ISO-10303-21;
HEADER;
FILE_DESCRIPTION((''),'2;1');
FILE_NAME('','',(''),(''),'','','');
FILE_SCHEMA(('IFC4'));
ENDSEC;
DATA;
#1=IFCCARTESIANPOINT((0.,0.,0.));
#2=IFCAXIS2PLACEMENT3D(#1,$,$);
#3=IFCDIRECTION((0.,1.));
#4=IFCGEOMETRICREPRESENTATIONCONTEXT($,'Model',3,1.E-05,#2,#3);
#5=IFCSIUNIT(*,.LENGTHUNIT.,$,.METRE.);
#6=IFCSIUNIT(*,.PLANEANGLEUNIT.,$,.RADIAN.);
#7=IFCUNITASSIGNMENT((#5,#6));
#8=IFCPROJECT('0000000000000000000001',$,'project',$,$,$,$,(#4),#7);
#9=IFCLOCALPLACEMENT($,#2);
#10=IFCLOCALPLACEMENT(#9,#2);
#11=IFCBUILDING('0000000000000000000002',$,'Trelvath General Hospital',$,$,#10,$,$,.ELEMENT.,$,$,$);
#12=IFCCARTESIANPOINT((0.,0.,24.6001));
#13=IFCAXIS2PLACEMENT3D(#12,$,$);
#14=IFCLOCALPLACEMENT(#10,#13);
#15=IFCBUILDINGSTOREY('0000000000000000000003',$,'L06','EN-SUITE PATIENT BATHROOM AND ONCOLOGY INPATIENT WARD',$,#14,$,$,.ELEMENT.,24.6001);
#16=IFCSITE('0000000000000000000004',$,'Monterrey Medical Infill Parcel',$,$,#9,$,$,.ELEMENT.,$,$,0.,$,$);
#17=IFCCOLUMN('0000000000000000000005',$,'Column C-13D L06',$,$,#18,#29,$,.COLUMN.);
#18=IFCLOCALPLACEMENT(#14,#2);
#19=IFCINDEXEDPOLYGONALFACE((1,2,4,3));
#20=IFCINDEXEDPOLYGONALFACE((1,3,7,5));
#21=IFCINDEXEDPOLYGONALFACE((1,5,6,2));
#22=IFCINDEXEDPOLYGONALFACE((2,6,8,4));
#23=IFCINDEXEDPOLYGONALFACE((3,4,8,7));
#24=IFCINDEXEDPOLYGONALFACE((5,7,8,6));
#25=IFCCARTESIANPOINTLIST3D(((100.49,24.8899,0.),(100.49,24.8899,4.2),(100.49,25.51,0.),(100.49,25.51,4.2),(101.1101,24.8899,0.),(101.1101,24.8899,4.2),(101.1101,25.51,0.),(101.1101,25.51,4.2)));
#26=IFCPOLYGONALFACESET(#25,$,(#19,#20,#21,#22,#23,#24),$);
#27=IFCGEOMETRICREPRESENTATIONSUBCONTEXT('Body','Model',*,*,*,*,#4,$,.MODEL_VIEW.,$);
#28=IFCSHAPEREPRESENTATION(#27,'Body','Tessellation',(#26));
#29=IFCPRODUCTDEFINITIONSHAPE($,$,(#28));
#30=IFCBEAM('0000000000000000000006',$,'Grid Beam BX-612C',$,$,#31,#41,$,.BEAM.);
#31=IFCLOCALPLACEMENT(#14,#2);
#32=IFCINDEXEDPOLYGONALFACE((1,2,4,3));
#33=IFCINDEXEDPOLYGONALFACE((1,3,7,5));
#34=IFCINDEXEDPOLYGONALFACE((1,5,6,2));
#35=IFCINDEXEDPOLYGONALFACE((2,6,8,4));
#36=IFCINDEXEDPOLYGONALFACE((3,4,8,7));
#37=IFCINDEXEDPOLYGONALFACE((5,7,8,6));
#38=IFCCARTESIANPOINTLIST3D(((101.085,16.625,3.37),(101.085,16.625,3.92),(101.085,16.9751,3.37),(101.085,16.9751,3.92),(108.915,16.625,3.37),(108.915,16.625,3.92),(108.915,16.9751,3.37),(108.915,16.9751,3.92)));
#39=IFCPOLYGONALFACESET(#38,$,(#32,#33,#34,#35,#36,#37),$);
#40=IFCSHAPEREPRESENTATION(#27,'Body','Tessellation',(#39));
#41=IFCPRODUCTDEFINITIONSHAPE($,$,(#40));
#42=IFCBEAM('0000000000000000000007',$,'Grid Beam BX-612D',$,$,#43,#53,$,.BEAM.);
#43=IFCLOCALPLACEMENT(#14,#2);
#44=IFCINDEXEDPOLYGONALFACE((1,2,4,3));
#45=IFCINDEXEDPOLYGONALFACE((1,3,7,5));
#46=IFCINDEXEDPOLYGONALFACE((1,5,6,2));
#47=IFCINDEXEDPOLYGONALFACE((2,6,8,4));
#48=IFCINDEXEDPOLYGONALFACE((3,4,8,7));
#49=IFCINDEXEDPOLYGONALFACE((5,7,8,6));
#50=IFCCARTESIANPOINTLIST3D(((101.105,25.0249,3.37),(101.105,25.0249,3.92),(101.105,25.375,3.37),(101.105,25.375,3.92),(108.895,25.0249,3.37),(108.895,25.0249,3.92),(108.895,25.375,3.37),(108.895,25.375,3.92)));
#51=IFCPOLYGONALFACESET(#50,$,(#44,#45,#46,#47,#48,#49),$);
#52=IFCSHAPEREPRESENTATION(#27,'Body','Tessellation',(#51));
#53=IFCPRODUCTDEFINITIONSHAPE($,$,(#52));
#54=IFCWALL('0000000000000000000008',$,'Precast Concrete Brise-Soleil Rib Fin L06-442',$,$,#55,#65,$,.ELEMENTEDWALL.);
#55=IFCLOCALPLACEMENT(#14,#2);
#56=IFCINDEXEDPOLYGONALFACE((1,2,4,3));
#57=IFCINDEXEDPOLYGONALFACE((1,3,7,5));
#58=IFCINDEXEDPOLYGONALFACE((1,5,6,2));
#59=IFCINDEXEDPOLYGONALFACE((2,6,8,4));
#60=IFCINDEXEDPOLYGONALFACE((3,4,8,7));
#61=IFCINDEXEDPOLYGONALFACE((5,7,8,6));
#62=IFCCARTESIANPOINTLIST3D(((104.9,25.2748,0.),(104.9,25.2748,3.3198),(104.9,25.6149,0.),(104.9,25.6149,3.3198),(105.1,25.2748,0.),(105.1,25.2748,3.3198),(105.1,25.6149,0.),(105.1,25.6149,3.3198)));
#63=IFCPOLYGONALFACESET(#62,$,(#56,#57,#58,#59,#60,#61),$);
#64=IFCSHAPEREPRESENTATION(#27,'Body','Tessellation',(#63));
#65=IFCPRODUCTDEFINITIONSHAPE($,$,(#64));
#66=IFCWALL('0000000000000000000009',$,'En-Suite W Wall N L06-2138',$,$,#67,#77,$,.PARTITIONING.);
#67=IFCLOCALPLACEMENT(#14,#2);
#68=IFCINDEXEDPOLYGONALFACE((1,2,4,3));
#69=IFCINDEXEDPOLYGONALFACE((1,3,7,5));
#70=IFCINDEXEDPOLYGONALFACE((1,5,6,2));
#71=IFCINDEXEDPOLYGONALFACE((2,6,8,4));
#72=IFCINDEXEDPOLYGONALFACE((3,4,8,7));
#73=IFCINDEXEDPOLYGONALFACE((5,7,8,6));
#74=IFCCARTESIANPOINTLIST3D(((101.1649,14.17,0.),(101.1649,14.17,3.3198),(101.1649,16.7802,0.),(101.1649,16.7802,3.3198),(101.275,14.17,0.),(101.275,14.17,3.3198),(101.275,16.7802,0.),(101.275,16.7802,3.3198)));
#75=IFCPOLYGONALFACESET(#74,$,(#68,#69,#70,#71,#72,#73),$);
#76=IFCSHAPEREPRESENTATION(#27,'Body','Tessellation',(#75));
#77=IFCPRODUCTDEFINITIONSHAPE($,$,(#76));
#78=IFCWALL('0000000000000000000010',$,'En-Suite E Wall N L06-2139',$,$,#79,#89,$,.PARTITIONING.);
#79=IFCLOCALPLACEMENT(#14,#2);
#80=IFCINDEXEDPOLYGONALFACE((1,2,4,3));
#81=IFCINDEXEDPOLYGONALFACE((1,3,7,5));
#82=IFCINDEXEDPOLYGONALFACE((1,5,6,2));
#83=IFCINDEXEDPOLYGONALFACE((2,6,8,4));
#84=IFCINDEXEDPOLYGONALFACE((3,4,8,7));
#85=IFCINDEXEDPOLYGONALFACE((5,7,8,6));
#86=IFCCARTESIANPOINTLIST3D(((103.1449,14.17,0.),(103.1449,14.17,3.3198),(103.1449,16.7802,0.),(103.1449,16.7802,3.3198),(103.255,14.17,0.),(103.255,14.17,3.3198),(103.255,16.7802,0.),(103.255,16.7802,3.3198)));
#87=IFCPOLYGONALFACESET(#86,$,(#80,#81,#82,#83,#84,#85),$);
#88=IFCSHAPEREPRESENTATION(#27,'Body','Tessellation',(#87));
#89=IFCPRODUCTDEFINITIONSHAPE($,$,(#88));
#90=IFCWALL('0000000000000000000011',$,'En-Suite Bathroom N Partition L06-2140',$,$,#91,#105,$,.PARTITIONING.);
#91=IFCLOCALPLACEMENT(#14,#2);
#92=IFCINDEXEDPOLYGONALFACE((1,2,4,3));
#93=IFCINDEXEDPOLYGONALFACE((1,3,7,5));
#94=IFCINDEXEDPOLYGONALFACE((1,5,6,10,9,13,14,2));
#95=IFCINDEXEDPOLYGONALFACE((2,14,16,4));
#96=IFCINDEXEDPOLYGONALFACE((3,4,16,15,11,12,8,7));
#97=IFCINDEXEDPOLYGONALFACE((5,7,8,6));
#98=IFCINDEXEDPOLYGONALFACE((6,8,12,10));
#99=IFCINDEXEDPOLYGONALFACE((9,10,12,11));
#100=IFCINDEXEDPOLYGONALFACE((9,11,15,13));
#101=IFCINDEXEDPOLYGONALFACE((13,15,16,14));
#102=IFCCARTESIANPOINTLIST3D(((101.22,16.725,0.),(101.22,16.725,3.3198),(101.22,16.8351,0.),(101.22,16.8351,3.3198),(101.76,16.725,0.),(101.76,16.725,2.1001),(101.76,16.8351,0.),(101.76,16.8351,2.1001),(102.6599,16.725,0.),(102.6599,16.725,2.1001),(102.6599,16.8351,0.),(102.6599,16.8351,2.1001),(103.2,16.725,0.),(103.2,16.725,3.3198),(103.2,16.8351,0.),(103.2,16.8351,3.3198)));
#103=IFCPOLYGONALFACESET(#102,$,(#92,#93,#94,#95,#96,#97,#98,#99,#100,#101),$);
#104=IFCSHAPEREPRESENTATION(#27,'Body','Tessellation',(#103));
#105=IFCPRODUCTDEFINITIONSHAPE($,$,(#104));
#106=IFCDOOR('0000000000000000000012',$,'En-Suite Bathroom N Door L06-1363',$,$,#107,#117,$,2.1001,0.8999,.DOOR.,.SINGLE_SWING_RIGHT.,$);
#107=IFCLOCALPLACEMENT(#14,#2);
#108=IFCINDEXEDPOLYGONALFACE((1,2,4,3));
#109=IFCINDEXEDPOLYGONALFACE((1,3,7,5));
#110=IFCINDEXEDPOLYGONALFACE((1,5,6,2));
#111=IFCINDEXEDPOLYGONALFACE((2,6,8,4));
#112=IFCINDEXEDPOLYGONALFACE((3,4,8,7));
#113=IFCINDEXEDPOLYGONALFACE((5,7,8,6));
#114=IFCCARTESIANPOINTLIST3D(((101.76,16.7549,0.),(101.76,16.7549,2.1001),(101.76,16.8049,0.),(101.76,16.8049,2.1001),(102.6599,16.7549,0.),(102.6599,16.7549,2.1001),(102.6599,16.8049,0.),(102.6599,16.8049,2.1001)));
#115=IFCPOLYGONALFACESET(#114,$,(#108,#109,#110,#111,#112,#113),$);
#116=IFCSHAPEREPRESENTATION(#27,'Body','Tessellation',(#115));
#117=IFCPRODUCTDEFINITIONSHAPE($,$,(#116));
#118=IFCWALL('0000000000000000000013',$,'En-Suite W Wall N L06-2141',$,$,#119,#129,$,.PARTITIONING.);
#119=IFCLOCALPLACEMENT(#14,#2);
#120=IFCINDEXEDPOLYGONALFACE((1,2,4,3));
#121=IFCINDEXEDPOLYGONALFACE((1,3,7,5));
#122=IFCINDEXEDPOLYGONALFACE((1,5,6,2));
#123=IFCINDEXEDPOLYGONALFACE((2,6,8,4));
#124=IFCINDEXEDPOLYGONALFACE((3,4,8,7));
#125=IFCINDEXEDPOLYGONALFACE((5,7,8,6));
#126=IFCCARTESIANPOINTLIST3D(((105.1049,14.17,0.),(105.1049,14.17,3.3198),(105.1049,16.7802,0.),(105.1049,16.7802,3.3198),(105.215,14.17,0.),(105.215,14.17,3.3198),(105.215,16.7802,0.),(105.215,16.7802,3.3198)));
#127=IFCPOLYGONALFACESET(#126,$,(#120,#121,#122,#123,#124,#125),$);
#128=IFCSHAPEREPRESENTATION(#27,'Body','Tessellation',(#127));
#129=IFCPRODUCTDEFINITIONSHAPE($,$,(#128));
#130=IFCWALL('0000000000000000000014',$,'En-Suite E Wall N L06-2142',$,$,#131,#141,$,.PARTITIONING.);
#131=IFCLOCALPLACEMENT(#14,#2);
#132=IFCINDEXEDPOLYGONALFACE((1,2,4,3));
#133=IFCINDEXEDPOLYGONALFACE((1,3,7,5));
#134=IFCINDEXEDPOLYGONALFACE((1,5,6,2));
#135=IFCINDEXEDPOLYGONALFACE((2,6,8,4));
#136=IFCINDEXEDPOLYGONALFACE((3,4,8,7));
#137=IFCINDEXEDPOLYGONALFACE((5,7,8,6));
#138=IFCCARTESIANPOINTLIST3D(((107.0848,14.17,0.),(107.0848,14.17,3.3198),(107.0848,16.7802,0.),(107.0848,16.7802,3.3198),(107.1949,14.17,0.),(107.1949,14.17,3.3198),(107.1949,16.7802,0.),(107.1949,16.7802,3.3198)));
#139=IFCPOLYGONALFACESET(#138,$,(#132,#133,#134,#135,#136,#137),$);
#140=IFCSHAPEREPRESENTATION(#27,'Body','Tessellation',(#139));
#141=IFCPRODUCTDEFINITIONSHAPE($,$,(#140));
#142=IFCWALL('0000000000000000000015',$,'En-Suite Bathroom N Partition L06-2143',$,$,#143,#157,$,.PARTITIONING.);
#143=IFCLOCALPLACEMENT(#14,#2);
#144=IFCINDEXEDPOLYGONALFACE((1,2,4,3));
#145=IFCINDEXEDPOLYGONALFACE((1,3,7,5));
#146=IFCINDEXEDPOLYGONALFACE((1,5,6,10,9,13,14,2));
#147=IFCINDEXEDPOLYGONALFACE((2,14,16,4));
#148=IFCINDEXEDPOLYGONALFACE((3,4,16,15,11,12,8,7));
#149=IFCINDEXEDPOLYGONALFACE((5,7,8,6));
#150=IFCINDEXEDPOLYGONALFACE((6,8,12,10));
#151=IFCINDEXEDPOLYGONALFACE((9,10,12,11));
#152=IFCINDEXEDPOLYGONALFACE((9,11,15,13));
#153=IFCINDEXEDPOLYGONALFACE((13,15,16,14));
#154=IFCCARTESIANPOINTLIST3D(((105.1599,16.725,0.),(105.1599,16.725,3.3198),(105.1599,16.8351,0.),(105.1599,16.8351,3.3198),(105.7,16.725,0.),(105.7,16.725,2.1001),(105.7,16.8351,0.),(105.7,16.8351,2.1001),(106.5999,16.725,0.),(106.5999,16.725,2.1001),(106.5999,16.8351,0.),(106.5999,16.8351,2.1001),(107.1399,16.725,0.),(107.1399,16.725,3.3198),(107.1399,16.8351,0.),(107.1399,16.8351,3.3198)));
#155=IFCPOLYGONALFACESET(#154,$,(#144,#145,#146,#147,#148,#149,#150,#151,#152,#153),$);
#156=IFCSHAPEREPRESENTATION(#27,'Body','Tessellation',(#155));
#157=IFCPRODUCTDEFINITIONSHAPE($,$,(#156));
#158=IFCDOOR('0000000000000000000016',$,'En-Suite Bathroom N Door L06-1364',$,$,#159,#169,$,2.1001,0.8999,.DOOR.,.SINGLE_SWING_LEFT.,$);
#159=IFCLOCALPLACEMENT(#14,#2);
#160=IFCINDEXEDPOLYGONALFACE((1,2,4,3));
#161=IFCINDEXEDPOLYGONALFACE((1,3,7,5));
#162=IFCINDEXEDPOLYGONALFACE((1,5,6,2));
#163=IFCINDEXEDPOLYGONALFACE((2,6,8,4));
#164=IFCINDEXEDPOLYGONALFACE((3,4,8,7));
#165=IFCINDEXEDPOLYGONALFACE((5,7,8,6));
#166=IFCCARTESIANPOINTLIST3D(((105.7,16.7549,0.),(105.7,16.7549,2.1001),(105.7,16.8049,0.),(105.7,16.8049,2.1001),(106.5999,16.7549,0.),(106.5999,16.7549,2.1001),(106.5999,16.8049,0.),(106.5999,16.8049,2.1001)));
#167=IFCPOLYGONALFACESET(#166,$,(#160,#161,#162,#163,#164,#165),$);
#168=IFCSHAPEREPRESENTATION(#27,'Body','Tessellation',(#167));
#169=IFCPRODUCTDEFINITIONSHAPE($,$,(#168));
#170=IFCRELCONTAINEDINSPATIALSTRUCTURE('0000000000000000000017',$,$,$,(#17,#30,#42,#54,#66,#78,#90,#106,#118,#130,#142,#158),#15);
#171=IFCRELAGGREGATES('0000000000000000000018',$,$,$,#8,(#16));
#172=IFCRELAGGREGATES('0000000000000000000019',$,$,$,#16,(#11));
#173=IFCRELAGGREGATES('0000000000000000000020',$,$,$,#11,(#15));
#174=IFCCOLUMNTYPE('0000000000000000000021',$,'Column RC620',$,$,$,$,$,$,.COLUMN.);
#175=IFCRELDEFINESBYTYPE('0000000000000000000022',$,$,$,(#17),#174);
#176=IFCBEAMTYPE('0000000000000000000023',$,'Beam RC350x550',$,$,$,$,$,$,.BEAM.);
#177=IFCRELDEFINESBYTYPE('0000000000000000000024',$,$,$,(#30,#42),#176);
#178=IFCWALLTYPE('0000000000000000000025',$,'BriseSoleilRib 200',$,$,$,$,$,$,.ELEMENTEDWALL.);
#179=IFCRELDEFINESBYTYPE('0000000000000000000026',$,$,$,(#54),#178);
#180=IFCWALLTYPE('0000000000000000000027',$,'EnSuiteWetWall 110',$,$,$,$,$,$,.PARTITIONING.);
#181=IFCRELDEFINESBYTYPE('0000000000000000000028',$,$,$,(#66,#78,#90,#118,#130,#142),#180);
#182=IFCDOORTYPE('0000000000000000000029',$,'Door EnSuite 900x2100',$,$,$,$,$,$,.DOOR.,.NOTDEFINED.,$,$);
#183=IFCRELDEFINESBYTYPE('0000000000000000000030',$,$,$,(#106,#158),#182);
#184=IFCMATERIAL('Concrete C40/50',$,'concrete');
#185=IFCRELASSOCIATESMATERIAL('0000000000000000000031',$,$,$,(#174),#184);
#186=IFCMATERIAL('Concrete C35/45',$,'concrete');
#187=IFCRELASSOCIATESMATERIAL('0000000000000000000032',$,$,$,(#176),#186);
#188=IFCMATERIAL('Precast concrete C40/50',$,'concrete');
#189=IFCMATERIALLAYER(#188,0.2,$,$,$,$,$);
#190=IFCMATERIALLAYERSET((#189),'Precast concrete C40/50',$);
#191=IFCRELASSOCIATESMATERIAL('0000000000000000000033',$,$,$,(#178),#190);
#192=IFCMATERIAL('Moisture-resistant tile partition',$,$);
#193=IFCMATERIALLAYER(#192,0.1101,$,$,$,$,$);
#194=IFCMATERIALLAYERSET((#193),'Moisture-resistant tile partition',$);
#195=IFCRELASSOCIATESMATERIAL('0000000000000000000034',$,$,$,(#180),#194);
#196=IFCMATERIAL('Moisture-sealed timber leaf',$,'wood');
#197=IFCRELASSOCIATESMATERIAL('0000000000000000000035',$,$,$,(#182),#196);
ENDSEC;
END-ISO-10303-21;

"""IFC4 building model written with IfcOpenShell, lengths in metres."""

from ifc_helpers import new_model, si_unit, direction, frame, frame_2d, origin, origin_2d, place, context, subcontext, project, spatial, rectangle, extrude, material, layer, layer_set, material_profile, profile_set, type_object, element, fill, save


model = new_model("IFC4")

# Units and contexts
model_context = context("Model", 3, precision=1e-05, world=origin(), true_north=direction((0.0, 1.0)))
body_context = subcontext(model_context, "Body", "Model", "MODEL_VIEW")
ifc_project = project(units=[si_unit("LENGTHUNIT", "METRE"), si_unit("PLANEANGLEUNIT", "RADIAN")], contexts=[model_context])

# Site, building, storey
site_placement = place(None, origin())
site = spatial("IfcSite", under=ifc_project, at=site_placement, Name="Monterrey Medical Infill Parcel", CompositionType="ELEMENT", RefElevation=0.0)
building_placement = place(site_placement, origin())
building = spatial("IfcBuilding", under=site, at=building_placement, Name="Trelvath General Hospital", CompositionType="ELEMENT")
storey_placement = place(building_placement, frame((0.0, 0.0, 24.6001)))
storey = spatial("IfcBuildingStorey", under=building, at=storey_placement, Name="L06", Description="EN-SUITE PATIENT BATHROOM AND ONCOLOGY INPATIENT WARD", CompositionType="ELEMENT", Elevation=24.6001)

# Column
ifc_material_1 = material(Name="Concrete C40/50", Category="concrete")
ifc_material_profile_1 = material_profile(ifc_material_1, rectangle(XDim=0.6201, YDim=0.6201, at=origin_2d()), Name="RC620x620")
ifc_profile_set_1 = profile_set([ifc_material_profile_1], Name="Concrete C40/50")
column_type = type_object("IfcColumnType", Name="Column RC620", PredefinedType="COLUMN", material=ifc_profile_set_1)
column_placement = place(storey_placement, frame((100.8, 25.2, 0.0), z_axis=(0.0, 0.0, 1.0), x_axis=(1.0, 0.0, 0.0)))
element("IfcColumn", 1, at=column_placement, inside=storey, type_object=column_type, Name="Column C-13D L06", PredefinedType="COLUMN", context=body_context, shape_type="SweptSolid", body=[
    extrude(rectangle(XDim=0.6201, YDim=0.6201, at=origin_2d()), origin(), (0.0, 0.0, 1.0), 4.2),
])

# Beams
ifc_material_2 = material(Name="Concrete C35/45", Category="concrete")
ifc_material_profile_2 = material_profile(ifc_material_2, rectangle(XDim=0.3501, YDim=0.55, at=origin_2d()), Name="RCB350x550")
ifc_profile_set_2 = profile_set([ifc_material_profile_2], Name="Concrete C35/45")
beam_type = type_object("IfcBeamType", Name="Beam RC350x550", PredefinedType="BEAM", material=ifc_profile_set_2)
beam_1_placement = place(storey_placement, frame((101.085, 16.8, 3.645), z_axis=(1.0, 0.0, 0.0), x_axis=(0.0, 1.0, 0.0)))
element("IfcBeam", 2, at=beam_1_placement, inside=storey, type_object=beam_type, Name="Grid Beam BX-612C", PredefinedType="BEAM", context=body_context, shape_type="SweptSolid", body=[
    extrude(rectangle(XDim=0.3501, YDim=0.55, at=origin_2d()), origin(), (0.0, 0.0, 1.0), 7.8301),
])
beam_2_placement = place(storey_placement, frame((101.105, 25.2, 3.645), z_axis=(1.0, 0.0, 0.0), x_axis=(0.0, 1.0, 0.0)))
element("IfcBeam", 3, at=beam_2_placement, inside=storey, type_object=beam_type, Name="Grid Beam BX-612D", PredefinedType="BEAM", context=body_context, shape_type="SweptSolid", body=[
    extrude(rectangle(XDim=0.3501, YDim=0.55, at=origin_2d()), origin(), (0.0, 0.0, 1.0), 7.79),
])

# Walls
ifc_material_3 = material(Name="Precast concrete C40/50", Category="concrete")
ifc_layer_1 = layer(ifc_material_3, 0.2)
ifc_layer_set_1 = layer_set([ifc_layer_1], Name="Precast concrete C40/50")
wall_type_1 = type_object("IfcWallType", Name="BriseSoleilRib 200", PredefinedType="ELEMENTEDWALL", material=ifc_layer_set_1)
wall_1_placement = place(storey_placement, frame((105.0, 25.2749, 0.0), z_axis=(0.0, 0.0, 1.0), x_axis=(0.0, 1.0, 0.0)))
element("IfcWall", 4, at=wall_1_placement, inside=storey, type_object=wall_type_1, Name="Precast Concrete Brise-Soleil Rib Fin L06-442", PredefinedType="ELEMENTEDWALL", context=body_context, shape_type="SweptSolid", body=[
    extrude(rectangle(XDim=0.3401, YDim=0.2, at=frame_2d((0.1699, 0.0))), origin(), (0.0, 0.0, 1.0), 3.3198),
])
ifc_material_4 = material(Name="Moisture-resistant tile partition")
ifc_layer_2 = layer(ifc_material_4, 0.1101)
ifc_layer_set_2 = layer_set([ifc_layer_2], Name="Moisture-resistant tile partition")
wall_type_2 = type_object("IfcWallType", Name="EnSuiteWetWall 110", PredefinedType="PARTITIONING", material=ifc_layer_set_2)
for number, where, z_axis, x_axis, name in (
    (5, (101.22, 14.1699, 0.0), (0.0, 0.0, 1.0), (0.0, 1.0, 0.0), "En-Suite W Wall N L06-2138"),
    (6, (103.2, 14.1699, 0.0), (0.0, 0.0, 1.0), (0.0, 1.0, 0.0), "En-Suite E Wall N L06-2139"),
):
    element("IfcWall", number, at=place(storey_placement, frame(where, z_axis=z_axis, x_axis=x_axis)), inside=storey, type_object=wall_type_2, Name=name, PredefinedType="PARTITIONING", context=body_context, shape_type="SweptSolid", body=[
        extrude(rectangle(XDim=2.6101, YDim=0.1101, at=frame_2d((1.3052, 0.0))), origin(), (0.0, 0.0, 1.0), 3.3198),
    ])

# Wall, opening, door
wall_2_placement = place(storey_placement, frame((101.22, 16.78, 0.0), z_axis=(0.0, 0.0, 1.0), x_axis=(1.0, 0.0, 0.0)))
wall_2 = element("IfcWall", 7, at=wall_2_placement, inside=storey, type_object=wall_type_2, Name="En-Suite Bathroom N Partition L06-2140", PredefinedType="PARTITIONING", context=body_context, shape_type="SweptSolid", body=[
    extrude(rectangle(XDim=1.98, YDim=0.1101, at=frame_2d((0.99, 0.0))), origin(), (0.0, 0.0, 1.0), 3.3198),
])
opening_1_placement = place(wall_2_placement, frame((0.54, 0.0, 0.0)))
opening_1 = element("IfcOpeningElement", 8, at=opening_1_placement, cuts=wall_2, PredefinedType="OPENING", context=body_context, shape_type="SweptSolid", body=[
    extrude(rectangle(XDim=0.8999, YDim=2.1001, at=frame_2d((0.45, 1.05))), frame((0.0, 0.0649, 0.0), z_axis=(0.0, -1.0, 0.0), x_axis=(1.0, 0.0, 0.0)), (0.0, 0.0, 1.0), 0.1301),
])
ifc_material_5 = material(Name="Moisture-sealed timber leaf", Category="wood")
door_type_1 = type_object("IfcDoorType", Name="Door EnSuite 900x2100", OperationType="NOTDEFINED", PredefinedType="DOOR", material=ifc_material_5)
door_1_placement = place(opening_1_placement, origin())
door_1 = element("IfcDoor", 9, at=door_1_placement, inside=storey, type_object=door_type_1, Name="En-Suite Bathroom N Door L06-1363", OperationType="SINGLE_SWING_RIGHT", OverallHeight=2.1001, OverallWidth=0.8999, PredefinedType="DOOR", context=body_context, shape_type="SweptSolid", body=[
    extrude(rectangle(XDim=0.8999, YDim=2.1001, at=frame_2d((0.45, 1.05))), frame((0.0, 0.0249, 0.0), z_axis=(0.0, -1.0, 0.0), x_axis=(1.0, 0.0, 0.0)), (0.0, 0.0, 1.0), 0.05),
])
fill(opening_1, door_1)

# Walls
for number, where, z_axis, x_axis, name in (
    (10, (105.1599, 14.1699, 0.0), (0.0, 0.0, 1.0), (0.0, 1.0, 0.0), "En-Suite W Wall N L06-2141"),
    (11, (107.1399, 14.1699, 0.0), (0.0, 0.0, 1.0), (0.0, 1.0, 0.0), "En-Suite E Wall N L06-2142"),
):
    element("IfcWall", number, at=place(storey_placement, frame(where, z_axis=z_axis, x_axis=x_axis)), inside=storey, type_object=wall_type_2, Name=name, PredefinedType="PARTITIONING", context=body_context, shape_type="SweptSolid", body=[
        extrude(rectangle(XDim=2.6101, YDim=0.1101, at=frame_2d((1.3052, 0.0))), origin(), (0.0, 0.0, 1.0), 3.3198),
    ])

# Wall, opening, door
wall_3_placement = place(storey_placement, frame((105.1599, 16.78, 0.0), z_axis=(0.0, 0.0, 1.0), x_axis=(1.0, 0.0, 0.0)))
wall_3 = element("IfcWall", 12, at=wall_3_placement, inside=storey, type_object=wall_type_2, Name="En-Suite Bathroom N Partition L06-2143", PredefinedType="PARTITIONING", context=body_context, shape_type="SweptSolid", body=[
    extrude(rectangle(XDim=1.98, YDim=0.1101, at=frame_2d((0.99, 0.0))), origin(), (0.0, 0.0, 1.0), 3.3198),
])
opening_2_placement = place(wall_3_placement, frame((0.54, 0.0, 0.0)))
opening_2 = element("IfcOpeningElement", 13, at=opening_2_placement, cuts=wall_3, PredefinedType="OPENING", context=body_context, shape_type="SweptSolid", body=[
    extrude(rectangle(XDim=0.8999, YDim=2.1001, at=frame_2d((0.45, 1.05))), frame((0.0, 0.0649, 0.0), z_axis=(0.0, -1.0, 0.0), x_axis=(1.0, 0.0, 0.0)), (0.0, 0.0, 1.0), 0.1301),
])
door_2_placement = place(opening_2_placement, origin())
door_2 = element("IfcDoor", 14, at=door_2_placement, inside=storey, type_object=door_type_1, Name="En-Suite Bathroom N Door L06-1364", OperationType="SINGLE_SWING_LEFT", OverallHeight=2.1001, OverallWidth=0.8999, PredefinedType="DOOR", context=body_context, shape_type="SweptSolid", body=[
    extrude(rectangle(XDim=0.8999, YDim=2.1001, at=frame_2d((0.45, 1.05))), frame((0.0, 0.0249, 0.0), z_axis=(0.0, -1.0, 0.0), x_axis=(1.0, 0.0, 0.0)), (0.0, 0.0, 1.0), 0.05),
])
fill(opening_2, door_2)

save(model, "model.ifc")
